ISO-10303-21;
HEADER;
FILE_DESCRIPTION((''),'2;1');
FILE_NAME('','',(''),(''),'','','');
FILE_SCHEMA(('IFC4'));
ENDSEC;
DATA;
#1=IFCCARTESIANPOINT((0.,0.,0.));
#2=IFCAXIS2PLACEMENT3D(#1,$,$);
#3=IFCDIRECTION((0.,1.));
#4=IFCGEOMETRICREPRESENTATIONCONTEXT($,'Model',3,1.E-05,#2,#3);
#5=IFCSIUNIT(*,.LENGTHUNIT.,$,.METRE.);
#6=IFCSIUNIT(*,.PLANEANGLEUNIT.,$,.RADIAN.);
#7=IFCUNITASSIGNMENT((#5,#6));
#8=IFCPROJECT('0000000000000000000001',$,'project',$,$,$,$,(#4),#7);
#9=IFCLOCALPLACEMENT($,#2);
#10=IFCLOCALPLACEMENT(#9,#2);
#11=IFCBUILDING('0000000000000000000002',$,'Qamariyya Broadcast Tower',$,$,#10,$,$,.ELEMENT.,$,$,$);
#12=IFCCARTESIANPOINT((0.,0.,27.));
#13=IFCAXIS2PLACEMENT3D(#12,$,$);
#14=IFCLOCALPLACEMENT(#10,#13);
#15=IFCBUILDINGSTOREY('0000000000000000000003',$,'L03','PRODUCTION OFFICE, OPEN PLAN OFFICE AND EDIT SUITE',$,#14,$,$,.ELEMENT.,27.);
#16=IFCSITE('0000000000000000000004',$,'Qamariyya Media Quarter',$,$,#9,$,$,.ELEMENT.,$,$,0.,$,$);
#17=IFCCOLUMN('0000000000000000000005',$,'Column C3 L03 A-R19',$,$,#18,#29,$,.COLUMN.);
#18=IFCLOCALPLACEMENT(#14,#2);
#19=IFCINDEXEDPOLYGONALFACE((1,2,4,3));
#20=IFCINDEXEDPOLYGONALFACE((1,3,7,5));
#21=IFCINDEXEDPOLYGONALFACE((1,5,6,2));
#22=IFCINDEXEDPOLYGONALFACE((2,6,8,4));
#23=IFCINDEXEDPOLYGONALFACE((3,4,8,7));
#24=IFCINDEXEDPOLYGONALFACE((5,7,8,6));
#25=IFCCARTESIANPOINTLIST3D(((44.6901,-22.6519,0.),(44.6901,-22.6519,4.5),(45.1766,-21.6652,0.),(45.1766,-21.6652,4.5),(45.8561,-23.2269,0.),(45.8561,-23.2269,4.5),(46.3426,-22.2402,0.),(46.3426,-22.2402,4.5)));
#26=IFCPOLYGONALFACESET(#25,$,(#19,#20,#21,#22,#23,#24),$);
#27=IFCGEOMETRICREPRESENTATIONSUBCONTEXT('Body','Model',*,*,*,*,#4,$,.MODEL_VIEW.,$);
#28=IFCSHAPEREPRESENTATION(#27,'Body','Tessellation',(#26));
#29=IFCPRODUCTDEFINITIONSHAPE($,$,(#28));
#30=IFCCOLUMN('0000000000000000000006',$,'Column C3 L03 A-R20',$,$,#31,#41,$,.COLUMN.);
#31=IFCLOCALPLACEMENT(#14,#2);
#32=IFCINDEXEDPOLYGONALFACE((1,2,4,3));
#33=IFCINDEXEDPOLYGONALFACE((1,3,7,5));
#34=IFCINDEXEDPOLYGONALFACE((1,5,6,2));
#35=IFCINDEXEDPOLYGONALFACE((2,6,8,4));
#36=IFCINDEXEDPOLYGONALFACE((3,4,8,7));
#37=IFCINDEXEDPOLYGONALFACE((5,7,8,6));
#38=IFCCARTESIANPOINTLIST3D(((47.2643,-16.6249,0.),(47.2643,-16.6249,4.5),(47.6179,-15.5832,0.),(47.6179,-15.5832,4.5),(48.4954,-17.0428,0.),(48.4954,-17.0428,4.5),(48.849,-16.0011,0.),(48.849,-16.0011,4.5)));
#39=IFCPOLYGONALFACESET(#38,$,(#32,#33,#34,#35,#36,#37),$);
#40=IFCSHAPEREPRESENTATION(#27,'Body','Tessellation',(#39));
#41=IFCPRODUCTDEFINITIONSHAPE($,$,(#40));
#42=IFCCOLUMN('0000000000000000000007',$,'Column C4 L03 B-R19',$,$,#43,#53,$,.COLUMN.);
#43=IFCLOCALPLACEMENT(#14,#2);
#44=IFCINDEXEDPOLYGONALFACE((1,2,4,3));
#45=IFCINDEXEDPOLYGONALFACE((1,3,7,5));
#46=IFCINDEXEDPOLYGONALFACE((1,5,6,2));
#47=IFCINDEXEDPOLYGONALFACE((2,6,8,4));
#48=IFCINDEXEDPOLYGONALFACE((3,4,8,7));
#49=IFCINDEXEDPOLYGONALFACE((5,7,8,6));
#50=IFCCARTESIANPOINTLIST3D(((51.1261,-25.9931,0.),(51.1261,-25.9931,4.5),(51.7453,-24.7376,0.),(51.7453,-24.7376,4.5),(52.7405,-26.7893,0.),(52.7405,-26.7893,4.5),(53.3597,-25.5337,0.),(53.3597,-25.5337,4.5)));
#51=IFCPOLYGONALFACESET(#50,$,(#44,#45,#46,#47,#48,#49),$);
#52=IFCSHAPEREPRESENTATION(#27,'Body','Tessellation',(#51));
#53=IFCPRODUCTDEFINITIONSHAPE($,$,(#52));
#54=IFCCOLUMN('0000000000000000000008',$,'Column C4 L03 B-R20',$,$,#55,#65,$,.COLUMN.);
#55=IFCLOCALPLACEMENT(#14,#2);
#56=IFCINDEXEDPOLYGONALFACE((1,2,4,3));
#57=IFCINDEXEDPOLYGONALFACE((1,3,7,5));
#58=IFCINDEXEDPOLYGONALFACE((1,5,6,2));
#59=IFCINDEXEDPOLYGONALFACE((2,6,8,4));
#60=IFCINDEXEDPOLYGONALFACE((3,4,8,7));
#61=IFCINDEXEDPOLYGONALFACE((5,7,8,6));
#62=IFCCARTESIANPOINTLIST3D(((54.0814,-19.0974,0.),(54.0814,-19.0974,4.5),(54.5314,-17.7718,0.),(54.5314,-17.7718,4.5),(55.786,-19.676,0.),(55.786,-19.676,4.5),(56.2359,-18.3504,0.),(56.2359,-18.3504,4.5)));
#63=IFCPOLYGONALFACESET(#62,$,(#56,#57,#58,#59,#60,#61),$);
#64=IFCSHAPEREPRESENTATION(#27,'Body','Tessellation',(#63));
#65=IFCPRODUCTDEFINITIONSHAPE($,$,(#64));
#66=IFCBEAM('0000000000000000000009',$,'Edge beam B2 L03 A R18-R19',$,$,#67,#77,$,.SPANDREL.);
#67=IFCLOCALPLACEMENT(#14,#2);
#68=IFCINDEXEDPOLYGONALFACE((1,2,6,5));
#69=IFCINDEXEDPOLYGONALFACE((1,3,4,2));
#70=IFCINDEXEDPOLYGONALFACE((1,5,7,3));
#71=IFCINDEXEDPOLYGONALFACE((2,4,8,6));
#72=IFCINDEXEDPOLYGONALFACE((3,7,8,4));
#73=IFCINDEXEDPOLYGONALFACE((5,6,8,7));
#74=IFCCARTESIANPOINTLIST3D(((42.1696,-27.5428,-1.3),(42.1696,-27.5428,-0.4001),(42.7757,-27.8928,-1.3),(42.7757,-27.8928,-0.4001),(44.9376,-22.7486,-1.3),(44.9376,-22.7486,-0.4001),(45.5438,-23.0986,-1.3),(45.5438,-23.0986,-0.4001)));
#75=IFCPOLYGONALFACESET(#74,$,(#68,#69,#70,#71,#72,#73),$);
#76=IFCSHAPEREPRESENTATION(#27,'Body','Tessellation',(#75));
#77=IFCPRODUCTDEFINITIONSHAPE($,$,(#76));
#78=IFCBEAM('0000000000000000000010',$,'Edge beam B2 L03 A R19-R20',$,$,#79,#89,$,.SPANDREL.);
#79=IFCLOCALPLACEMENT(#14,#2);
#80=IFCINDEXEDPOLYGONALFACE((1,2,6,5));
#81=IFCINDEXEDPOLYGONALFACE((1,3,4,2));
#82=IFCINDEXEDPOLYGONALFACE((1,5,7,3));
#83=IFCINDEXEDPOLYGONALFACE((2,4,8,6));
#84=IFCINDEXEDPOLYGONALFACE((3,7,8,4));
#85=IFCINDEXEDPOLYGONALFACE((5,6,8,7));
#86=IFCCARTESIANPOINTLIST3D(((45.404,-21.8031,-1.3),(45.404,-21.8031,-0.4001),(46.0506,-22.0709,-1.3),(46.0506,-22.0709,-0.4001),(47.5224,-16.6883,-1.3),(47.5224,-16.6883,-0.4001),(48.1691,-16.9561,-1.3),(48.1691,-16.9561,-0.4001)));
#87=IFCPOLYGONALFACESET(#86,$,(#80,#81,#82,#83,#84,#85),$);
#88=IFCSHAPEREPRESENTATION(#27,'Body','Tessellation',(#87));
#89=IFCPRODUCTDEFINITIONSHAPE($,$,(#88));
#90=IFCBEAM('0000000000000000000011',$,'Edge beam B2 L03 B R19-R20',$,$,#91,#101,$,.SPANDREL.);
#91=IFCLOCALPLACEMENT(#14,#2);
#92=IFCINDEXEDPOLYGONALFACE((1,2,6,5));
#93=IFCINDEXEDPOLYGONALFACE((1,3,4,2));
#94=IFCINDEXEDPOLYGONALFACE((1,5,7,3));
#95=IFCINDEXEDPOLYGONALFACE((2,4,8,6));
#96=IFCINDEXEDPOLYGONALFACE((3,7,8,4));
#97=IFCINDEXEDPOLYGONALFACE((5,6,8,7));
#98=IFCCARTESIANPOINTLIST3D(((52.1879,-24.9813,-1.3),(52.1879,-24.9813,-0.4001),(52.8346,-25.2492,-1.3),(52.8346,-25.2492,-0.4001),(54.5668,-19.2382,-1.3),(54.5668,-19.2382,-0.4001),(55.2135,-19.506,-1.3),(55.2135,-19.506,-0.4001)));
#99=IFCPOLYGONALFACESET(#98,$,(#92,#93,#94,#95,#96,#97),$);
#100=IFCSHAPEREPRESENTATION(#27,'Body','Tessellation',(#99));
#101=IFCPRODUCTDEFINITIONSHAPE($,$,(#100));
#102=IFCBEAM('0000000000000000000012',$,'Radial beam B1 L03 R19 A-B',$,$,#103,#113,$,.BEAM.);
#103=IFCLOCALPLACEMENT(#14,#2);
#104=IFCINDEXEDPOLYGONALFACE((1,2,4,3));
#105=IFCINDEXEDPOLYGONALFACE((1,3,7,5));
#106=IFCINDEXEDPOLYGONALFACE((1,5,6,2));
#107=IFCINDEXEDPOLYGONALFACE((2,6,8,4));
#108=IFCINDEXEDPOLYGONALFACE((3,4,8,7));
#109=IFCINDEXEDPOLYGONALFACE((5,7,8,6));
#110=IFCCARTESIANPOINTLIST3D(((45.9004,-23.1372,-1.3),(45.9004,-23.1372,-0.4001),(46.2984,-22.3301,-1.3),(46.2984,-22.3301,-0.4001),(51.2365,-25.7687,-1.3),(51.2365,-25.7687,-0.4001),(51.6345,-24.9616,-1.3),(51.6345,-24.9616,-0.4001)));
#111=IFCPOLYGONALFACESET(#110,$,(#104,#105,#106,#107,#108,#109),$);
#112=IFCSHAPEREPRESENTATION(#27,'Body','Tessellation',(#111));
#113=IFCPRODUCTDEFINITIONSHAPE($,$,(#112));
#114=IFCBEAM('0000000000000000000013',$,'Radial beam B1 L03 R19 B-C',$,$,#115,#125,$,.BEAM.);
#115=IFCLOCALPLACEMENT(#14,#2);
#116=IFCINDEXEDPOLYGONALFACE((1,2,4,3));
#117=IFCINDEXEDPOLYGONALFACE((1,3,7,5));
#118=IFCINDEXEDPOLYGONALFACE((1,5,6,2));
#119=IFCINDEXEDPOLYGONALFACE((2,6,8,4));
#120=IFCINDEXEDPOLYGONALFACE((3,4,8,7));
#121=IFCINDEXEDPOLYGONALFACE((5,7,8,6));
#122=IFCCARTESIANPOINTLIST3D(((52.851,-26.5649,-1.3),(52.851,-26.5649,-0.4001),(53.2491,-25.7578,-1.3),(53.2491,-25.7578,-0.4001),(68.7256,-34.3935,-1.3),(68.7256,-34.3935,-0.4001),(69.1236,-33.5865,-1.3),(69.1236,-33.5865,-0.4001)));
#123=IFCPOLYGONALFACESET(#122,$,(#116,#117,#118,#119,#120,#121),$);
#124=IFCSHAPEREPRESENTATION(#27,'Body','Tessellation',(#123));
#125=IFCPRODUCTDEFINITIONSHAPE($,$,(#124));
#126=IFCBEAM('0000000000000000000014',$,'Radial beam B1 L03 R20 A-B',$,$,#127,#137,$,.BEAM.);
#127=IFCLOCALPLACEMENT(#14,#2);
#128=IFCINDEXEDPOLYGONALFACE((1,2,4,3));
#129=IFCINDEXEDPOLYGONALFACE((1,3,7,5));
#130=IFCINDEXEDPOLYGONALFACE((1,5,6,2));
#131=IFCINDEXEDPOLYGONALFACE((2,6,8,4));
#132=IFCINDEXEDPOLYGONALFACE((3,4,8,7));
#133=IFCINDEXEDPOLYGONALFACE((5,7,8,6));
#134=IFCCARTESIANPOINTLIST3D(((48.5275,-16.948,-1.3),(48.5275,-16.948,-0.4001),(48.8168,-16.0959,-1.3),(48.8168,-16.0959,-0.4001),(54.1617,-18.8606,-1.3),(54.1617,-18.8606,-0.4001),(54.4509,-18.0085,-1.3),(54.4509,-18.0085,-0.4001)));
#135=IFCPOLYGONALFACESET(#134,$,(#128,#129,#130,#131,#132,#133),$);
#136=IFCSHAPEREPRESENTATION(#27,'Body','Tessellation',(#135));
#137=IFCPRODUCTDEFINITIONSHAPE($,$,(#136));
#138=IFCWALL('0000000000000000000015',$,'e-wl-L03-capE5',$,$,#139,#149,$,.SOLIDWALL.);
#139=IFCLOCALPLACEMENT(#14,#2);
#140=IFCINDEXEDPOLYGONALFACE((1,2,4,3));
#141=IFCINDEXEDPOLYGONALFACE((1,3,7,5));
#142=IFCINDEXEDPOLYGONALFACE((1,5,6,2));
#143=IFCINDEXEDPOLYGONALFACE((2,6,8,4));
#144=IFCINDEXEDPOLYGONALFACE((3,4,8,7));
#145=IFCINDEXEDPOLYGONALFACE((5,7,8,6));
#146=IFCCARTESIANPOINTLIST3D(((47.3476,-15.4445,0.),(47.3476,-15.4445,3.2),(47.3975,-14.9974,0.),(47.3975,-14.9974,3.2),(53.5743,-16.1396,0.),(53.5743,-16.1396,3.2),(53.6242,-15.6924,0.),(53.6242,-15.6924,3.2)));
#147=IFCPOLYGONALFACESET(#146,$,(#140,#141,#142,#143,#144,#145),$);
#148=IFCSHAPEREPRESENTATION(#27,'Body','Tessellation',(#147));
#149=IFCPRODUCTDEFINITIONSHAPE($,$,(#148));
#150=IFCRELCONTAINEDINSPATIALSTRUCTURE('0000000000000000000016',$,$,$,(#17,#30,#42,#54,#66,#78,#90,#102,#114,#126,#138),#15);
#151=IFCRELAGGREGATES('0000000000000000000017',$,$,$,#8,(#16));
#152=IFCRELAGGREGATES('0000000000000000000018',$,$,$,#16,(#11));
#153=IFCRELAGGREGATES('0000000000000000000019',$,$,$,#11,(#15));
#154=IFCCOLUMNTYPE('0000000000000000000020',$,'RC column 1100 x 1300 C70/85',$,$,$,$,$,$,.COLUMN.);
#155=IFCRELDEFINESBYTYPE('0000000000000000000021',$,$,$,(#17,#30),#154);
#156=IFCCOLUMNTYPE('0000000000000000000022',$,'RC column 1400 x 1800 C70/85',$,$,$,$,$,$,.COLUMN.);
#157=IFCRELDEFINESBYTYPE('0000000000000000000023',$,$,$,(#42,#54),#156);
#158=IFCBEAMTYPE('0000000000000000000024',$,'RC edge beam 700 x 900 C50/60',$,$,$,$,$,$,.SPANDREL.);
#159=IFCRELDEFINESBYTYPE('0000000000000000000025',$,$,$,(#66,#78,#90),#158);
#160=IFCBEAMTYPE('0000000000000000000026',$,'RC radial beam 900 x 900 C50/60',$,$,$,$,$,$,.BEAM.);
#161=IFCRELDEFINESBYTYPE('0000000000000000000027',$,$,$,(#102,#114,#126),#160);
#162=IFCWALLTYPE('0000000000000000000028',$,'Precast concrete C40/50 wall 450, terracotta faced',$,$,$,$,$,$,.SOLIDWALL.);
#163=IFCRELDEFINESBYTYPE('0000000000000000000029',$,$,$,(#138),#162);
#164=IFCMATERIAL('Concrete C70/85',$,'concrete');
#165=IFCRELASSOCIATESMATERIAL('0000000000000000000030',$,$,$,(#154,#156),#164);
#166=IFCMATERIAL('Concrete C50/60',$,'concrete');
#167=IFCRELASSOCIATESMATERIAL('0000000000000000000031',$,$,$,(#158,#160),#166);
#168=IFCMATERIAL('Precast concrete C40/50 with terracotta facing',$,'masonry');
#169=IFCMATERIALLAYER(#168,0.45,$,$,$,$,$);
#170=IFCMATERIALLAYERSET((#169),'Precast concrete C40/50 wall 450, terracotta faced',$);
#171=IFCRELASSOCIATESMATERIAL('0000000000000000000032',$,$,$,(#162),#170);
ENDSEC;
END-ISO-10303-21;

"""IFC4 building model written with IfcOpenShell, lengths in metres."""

from ifc_helpers import new_model, si_unit, direction, frame, frame_2d, origin, origin_2d, place, context, subcontext, project, spatial, rectangle, extrude, material, layer, layer_set, material_profile, profile_set, type_object, element, save


model = new_model("IFC4")

# Units and contexts
model_context = context("Model", 3, precision=1e-05, world=origin(), true_north=direction((0.0, 1.0)))
body_context = subcontext(model_context, "Body", "Model", "MODEL_VIEW")
ifc_project = project(units=[si_unit("LENGTHUNIT", "METRE"), si_unit("PLANEANGLEUNIT", "RADIAN")], contexts=[model_context])

# Site, building, storey
site_placement = place(None, origin())
site = spatial("IfcSite", under=ifc_project, at=site_placement, Name="Qamariyya Media Quarter", CompositionType="ELEMENT", RefElevation=0.0)
building_placement = place(site_placement, origin())
building = spatial("IfcBuilding", under=site, at=building_placement, Name="Qamariyya Broadcast Tower", CompositionType="ELEMENT")
storey_placement = place(building_placement, frame((0.0, 0.0, 27.0)))
storey = spatial("IfcBuildingStorey", under=building, at=storey_placement, Name="L03", Description="PRODUCTION OFFICE, OPEN PLAN OFFICE AND EDIT SUITE", CompositionType="ELEMENT", Elevation=27.0)

# Columns
ifc_material_1 = material(Name="Concrete C70/85", Category="concrete")
ifc_material_profile_1 = material_profile(ifc_material_1, rectangle(XDim=1.1001, YDim=1.3, at=origin_2d()))
ifc_profile_set_1 = profile_set([ifc_material_profile_1], Name="Concrete C70/85")
column_type_1 = type_object("IfcColumnType", Name="RC column 1100 x 1300 C70/85", PredefinedType="COLUMN", material=ifc_profile_set_1)
for number, where, z_axis, x_axis, name in (
    (1, (45.5164, -22.446, 0.0), (0.0, 0.0, 1.0), (0.442289, 0.896873, 0.0), "Column C3 L03 A-R19"),
    (2, (48.0566, -16.313, 0.0), (0.0, 0.0, 1.0), (0.321439, 0.94693, 0.0), "Column C3 L03 A-R20"),
):
    element("IfcColumn", number, at=place(storey_placement, frame(where, z_axis=z_axis, x_axis=x_axis)), inside=storey, type_object=column_type_1, Name=name, PredefinedType="COLUMN", context=body_context, shape_type="SweptSolid", body=[
        extrude(rectangle(XDim=1.1001, YDim=1.3, at=origin_2d()), origin(), (0.0, 0.0, 1.0), 4.5),
    ])
ifc_material_profile_2 = material_profile(ifc_material_1, rectangle(XDim=1.3999, YDim=1.8, at=origin_2d()))
ifc_profile_set_2 = profile_set([ifc_material_profile_2], Name="Concrete C70/85")
column_type_2 = type_object("IfcColumnType", Name="RC column 1400 x 1800 C70/85", PredefinedType="COLUMN", material=ifc_profile_set_2)
for number, where, z_axis, x_axis, name in (
    (3, (52.2429, -25.7634, 0.0), (0.0, 0.0, 1.0), (0.442289, 0.896873, 0.0), "Column C4 L03 B-R19"),
    (4, (55.1587, -18.7239, 0.0), (0.0, 0.0, 1.0), (0.321439, 0.94693, 0.0), "Column C4 L03 B-R20"),
):
    element("IfcColumn", number, at=place(storey_placement, frame(where, z_axis=z_axis, x_axis=x_axis)), inside=storey, type_object=column_type_2, Name=name, PredefinedType="COLUMN", context=body_context, shape_type="SweptSolid", body=[
        extrude(rectangle(XDim=1.3999, YDim=1.8, at=origin_2d()), origin(), (0.0, 0.0, 1.0), 4.5),
    ])

# Beams
ifc_material_2 = material(Name="Concrete C50/60", Category="concrete")
ifc_material_profile_3 = material_profile(ifc_material_2, rectangle(XDim=0.7, YDim=0.8999, at=origin_2d()))
ifc_profile_set_3 = profile_set([ifc_material_profile_3], Name="Concrete C50/60")
beam_type_1 = type_object("IfcBeamType", Name="RC edge beam 700 x 900 C50/60", PredefinedType="SPANDREL", material=ifc_profile_set_3)
beam_1_placement = place(storey_placement, frame((42.4727, -27.7178, -0.8501), z_axis=(0.500019, 0.866014, 0.0), x_axis=(-0.866014, 0.500019, 0.0)))
element("IfcBeam", 5, at=beam_1_placement, inside=storey, type_object=beam_type_1, Name="Edge beam B2 L03 A R18-R19", PredefinedType="SPANDREL", context=body_context, shape_type="SweptSolid", body=[
    extrude(rectangle(XDim=0.7, YDim=0.8999, at=origin_2d()), origin(), (0.0, 0.0, 1.0), 5.5359),
])
beam_2_placement = place(storey_placement, frame((45.7273, -21.937, -0.8501), z_axis=(0.382654, 0.923892, 0.0), x_axis=(-0.923892, 0.382654, 0.0)))
element("IfcBeam", 6, at=beam_2_placement, inside=storey, type_object=beam_type_1, Name="Edge beam B2 L03 A R19-R20", PredefinedType="SPANDREL", context=body_context, shape_type="SweptSolid", body=[
    extrude(rectangle(XDim=0.7, YDim=0.8999, at=origin_2d()), origin(), (0.0, 0.0, 1.0), 5.5361),
])
beam_3_placement = place(storey_placement, frame((52.5112, -25.1152, -0.8501), z_axis=(0.382685, 0.923879, 0.0), x_axis=(-0.923879, 0.382685, 0.0)))
element("IfcBeam", 7, at=beam_3_placement, inside=storey, type_object=beam_type_1, Name="Edge beam B2 L03 B R19-R20", PredefinedType="SPANDREL", context=body_context, shape_type="SweptSolid", body=[
    extrude(rectangle(XDim=0.7, YDim=0.8999, at=origin_2d()), origin(), (0.0, 0.0, 1.0), 6.2163),
])
ifc_material_profile_4 = material_profile(ifc_material_2, rectangle(XDim=0.8999, YDim=0.8999, at=origin_2d()))
ifc_profile_set_4 = profile_set([ifc_material_profile_4], Name="Concrete C50/60")
beam_type_2 = type_object("IfcBeamType", Name="RC radial beam 900 x 900 C50/60", PredefinedType="BEAM", material=ifc_profile_set_4)
beam_4_placement = place(storey_placement, frame((46.0994, -22.7336, -0.8501), z_axis=(0.896868, -0.442299, 0.0), x_axis=(0.442299, 0.896868, 0.0)))
element("IfcBeam", 8, at=beam_4_placement, inside=storey, type_object=beam_type_2, Name="Radial beam B1 L03 R19 A-B", PredefinedType="BEAM", context=body_context, shape_type="SweptSolid", body=[
    extrude(rectangle(XDim=0.8999, YDim=0.8999, at=origin_2d()), origin(), (0.0, 0.0, 1.0), 5.9497),
])
beam_5_placement = place(storey_placement, frame((53.05, -26.1614, -0.8501), z_axis=(0.896869, -0.442296, 0.0), x_axis=(0.442296, 0.896869, 0.0)))
element("IfcBeam", 9, at=beam_5_placement, inside=storey, type_object=beam_type_2, Name="Radial beam B1 L03 R19 B-C", PredefinedType="BEAM", context=body_context, shape_type="SweptSolid", body=[
    extrude(rectangle(XDim=0.8999, YDim=0.8999, at=origin_2d()), origin(), (0.0, 0.0, 1.0), 17.7),
])
beam_6_placement = place(storey_placement, frame((48.6721, -16.522, -0.8501), z_axis=(0.946929, -0.321442, 0.0), x_axis=(0.321442, 0.946929, 0.0)))
element("IfcBeam", 10, at=beam_6_placement, inside=storey, type_object=beam_type_2, Name="Radial beam B1 L03 R20 A-B", PredefinedType="BEAM", context=body_context, shape_type="SweptSolid", body=[
    extrude(rectangle(XDim=0.8999, YDim=0.8999, at=origin_2d()), origin(), (0.0, 0.0, 1.0), 5.95),
])

# Wall
ifc_material_3 = material(Name="Precast concrete C40/50 with terracotta facing", Category="masonry")
ifc_layer = layer(ifc_material_3, 0.45)
ifc_layer_set = layer_set([ifc_layer], Name="Precast concrete C40/50 wall 450, terracotta faced")
wall_type = type_object("IfcWallType", Name="Precast concrete C40/50 wall 450, terracotta faced", PredefinedType="SOLIDWALL", material=ifc_layer_set)
wall_1_placement = place(storey_placement, frame((53.5994, -15.916, 0.0), z_axis=(0.0, 0.0, 1.0), x_axis=(-0.993828, 0.110936, 0.0)))
element("IfcWall", 11, at=wall_1_placement, inside=storey, type_object=wall_type, Name="e-wl-L03-capE5", PredefinedType="SOLIDWALL", context=body_context, shape_type="SweptSolid", body=[
    extrude(rectangle(XDim=6.2654, YDim=0.45, at=frame_2d((3.1328, 0.0))), origin(), (0.0, 0.0, 1.0), 3.2),
])

save(model, "model.ifc")
